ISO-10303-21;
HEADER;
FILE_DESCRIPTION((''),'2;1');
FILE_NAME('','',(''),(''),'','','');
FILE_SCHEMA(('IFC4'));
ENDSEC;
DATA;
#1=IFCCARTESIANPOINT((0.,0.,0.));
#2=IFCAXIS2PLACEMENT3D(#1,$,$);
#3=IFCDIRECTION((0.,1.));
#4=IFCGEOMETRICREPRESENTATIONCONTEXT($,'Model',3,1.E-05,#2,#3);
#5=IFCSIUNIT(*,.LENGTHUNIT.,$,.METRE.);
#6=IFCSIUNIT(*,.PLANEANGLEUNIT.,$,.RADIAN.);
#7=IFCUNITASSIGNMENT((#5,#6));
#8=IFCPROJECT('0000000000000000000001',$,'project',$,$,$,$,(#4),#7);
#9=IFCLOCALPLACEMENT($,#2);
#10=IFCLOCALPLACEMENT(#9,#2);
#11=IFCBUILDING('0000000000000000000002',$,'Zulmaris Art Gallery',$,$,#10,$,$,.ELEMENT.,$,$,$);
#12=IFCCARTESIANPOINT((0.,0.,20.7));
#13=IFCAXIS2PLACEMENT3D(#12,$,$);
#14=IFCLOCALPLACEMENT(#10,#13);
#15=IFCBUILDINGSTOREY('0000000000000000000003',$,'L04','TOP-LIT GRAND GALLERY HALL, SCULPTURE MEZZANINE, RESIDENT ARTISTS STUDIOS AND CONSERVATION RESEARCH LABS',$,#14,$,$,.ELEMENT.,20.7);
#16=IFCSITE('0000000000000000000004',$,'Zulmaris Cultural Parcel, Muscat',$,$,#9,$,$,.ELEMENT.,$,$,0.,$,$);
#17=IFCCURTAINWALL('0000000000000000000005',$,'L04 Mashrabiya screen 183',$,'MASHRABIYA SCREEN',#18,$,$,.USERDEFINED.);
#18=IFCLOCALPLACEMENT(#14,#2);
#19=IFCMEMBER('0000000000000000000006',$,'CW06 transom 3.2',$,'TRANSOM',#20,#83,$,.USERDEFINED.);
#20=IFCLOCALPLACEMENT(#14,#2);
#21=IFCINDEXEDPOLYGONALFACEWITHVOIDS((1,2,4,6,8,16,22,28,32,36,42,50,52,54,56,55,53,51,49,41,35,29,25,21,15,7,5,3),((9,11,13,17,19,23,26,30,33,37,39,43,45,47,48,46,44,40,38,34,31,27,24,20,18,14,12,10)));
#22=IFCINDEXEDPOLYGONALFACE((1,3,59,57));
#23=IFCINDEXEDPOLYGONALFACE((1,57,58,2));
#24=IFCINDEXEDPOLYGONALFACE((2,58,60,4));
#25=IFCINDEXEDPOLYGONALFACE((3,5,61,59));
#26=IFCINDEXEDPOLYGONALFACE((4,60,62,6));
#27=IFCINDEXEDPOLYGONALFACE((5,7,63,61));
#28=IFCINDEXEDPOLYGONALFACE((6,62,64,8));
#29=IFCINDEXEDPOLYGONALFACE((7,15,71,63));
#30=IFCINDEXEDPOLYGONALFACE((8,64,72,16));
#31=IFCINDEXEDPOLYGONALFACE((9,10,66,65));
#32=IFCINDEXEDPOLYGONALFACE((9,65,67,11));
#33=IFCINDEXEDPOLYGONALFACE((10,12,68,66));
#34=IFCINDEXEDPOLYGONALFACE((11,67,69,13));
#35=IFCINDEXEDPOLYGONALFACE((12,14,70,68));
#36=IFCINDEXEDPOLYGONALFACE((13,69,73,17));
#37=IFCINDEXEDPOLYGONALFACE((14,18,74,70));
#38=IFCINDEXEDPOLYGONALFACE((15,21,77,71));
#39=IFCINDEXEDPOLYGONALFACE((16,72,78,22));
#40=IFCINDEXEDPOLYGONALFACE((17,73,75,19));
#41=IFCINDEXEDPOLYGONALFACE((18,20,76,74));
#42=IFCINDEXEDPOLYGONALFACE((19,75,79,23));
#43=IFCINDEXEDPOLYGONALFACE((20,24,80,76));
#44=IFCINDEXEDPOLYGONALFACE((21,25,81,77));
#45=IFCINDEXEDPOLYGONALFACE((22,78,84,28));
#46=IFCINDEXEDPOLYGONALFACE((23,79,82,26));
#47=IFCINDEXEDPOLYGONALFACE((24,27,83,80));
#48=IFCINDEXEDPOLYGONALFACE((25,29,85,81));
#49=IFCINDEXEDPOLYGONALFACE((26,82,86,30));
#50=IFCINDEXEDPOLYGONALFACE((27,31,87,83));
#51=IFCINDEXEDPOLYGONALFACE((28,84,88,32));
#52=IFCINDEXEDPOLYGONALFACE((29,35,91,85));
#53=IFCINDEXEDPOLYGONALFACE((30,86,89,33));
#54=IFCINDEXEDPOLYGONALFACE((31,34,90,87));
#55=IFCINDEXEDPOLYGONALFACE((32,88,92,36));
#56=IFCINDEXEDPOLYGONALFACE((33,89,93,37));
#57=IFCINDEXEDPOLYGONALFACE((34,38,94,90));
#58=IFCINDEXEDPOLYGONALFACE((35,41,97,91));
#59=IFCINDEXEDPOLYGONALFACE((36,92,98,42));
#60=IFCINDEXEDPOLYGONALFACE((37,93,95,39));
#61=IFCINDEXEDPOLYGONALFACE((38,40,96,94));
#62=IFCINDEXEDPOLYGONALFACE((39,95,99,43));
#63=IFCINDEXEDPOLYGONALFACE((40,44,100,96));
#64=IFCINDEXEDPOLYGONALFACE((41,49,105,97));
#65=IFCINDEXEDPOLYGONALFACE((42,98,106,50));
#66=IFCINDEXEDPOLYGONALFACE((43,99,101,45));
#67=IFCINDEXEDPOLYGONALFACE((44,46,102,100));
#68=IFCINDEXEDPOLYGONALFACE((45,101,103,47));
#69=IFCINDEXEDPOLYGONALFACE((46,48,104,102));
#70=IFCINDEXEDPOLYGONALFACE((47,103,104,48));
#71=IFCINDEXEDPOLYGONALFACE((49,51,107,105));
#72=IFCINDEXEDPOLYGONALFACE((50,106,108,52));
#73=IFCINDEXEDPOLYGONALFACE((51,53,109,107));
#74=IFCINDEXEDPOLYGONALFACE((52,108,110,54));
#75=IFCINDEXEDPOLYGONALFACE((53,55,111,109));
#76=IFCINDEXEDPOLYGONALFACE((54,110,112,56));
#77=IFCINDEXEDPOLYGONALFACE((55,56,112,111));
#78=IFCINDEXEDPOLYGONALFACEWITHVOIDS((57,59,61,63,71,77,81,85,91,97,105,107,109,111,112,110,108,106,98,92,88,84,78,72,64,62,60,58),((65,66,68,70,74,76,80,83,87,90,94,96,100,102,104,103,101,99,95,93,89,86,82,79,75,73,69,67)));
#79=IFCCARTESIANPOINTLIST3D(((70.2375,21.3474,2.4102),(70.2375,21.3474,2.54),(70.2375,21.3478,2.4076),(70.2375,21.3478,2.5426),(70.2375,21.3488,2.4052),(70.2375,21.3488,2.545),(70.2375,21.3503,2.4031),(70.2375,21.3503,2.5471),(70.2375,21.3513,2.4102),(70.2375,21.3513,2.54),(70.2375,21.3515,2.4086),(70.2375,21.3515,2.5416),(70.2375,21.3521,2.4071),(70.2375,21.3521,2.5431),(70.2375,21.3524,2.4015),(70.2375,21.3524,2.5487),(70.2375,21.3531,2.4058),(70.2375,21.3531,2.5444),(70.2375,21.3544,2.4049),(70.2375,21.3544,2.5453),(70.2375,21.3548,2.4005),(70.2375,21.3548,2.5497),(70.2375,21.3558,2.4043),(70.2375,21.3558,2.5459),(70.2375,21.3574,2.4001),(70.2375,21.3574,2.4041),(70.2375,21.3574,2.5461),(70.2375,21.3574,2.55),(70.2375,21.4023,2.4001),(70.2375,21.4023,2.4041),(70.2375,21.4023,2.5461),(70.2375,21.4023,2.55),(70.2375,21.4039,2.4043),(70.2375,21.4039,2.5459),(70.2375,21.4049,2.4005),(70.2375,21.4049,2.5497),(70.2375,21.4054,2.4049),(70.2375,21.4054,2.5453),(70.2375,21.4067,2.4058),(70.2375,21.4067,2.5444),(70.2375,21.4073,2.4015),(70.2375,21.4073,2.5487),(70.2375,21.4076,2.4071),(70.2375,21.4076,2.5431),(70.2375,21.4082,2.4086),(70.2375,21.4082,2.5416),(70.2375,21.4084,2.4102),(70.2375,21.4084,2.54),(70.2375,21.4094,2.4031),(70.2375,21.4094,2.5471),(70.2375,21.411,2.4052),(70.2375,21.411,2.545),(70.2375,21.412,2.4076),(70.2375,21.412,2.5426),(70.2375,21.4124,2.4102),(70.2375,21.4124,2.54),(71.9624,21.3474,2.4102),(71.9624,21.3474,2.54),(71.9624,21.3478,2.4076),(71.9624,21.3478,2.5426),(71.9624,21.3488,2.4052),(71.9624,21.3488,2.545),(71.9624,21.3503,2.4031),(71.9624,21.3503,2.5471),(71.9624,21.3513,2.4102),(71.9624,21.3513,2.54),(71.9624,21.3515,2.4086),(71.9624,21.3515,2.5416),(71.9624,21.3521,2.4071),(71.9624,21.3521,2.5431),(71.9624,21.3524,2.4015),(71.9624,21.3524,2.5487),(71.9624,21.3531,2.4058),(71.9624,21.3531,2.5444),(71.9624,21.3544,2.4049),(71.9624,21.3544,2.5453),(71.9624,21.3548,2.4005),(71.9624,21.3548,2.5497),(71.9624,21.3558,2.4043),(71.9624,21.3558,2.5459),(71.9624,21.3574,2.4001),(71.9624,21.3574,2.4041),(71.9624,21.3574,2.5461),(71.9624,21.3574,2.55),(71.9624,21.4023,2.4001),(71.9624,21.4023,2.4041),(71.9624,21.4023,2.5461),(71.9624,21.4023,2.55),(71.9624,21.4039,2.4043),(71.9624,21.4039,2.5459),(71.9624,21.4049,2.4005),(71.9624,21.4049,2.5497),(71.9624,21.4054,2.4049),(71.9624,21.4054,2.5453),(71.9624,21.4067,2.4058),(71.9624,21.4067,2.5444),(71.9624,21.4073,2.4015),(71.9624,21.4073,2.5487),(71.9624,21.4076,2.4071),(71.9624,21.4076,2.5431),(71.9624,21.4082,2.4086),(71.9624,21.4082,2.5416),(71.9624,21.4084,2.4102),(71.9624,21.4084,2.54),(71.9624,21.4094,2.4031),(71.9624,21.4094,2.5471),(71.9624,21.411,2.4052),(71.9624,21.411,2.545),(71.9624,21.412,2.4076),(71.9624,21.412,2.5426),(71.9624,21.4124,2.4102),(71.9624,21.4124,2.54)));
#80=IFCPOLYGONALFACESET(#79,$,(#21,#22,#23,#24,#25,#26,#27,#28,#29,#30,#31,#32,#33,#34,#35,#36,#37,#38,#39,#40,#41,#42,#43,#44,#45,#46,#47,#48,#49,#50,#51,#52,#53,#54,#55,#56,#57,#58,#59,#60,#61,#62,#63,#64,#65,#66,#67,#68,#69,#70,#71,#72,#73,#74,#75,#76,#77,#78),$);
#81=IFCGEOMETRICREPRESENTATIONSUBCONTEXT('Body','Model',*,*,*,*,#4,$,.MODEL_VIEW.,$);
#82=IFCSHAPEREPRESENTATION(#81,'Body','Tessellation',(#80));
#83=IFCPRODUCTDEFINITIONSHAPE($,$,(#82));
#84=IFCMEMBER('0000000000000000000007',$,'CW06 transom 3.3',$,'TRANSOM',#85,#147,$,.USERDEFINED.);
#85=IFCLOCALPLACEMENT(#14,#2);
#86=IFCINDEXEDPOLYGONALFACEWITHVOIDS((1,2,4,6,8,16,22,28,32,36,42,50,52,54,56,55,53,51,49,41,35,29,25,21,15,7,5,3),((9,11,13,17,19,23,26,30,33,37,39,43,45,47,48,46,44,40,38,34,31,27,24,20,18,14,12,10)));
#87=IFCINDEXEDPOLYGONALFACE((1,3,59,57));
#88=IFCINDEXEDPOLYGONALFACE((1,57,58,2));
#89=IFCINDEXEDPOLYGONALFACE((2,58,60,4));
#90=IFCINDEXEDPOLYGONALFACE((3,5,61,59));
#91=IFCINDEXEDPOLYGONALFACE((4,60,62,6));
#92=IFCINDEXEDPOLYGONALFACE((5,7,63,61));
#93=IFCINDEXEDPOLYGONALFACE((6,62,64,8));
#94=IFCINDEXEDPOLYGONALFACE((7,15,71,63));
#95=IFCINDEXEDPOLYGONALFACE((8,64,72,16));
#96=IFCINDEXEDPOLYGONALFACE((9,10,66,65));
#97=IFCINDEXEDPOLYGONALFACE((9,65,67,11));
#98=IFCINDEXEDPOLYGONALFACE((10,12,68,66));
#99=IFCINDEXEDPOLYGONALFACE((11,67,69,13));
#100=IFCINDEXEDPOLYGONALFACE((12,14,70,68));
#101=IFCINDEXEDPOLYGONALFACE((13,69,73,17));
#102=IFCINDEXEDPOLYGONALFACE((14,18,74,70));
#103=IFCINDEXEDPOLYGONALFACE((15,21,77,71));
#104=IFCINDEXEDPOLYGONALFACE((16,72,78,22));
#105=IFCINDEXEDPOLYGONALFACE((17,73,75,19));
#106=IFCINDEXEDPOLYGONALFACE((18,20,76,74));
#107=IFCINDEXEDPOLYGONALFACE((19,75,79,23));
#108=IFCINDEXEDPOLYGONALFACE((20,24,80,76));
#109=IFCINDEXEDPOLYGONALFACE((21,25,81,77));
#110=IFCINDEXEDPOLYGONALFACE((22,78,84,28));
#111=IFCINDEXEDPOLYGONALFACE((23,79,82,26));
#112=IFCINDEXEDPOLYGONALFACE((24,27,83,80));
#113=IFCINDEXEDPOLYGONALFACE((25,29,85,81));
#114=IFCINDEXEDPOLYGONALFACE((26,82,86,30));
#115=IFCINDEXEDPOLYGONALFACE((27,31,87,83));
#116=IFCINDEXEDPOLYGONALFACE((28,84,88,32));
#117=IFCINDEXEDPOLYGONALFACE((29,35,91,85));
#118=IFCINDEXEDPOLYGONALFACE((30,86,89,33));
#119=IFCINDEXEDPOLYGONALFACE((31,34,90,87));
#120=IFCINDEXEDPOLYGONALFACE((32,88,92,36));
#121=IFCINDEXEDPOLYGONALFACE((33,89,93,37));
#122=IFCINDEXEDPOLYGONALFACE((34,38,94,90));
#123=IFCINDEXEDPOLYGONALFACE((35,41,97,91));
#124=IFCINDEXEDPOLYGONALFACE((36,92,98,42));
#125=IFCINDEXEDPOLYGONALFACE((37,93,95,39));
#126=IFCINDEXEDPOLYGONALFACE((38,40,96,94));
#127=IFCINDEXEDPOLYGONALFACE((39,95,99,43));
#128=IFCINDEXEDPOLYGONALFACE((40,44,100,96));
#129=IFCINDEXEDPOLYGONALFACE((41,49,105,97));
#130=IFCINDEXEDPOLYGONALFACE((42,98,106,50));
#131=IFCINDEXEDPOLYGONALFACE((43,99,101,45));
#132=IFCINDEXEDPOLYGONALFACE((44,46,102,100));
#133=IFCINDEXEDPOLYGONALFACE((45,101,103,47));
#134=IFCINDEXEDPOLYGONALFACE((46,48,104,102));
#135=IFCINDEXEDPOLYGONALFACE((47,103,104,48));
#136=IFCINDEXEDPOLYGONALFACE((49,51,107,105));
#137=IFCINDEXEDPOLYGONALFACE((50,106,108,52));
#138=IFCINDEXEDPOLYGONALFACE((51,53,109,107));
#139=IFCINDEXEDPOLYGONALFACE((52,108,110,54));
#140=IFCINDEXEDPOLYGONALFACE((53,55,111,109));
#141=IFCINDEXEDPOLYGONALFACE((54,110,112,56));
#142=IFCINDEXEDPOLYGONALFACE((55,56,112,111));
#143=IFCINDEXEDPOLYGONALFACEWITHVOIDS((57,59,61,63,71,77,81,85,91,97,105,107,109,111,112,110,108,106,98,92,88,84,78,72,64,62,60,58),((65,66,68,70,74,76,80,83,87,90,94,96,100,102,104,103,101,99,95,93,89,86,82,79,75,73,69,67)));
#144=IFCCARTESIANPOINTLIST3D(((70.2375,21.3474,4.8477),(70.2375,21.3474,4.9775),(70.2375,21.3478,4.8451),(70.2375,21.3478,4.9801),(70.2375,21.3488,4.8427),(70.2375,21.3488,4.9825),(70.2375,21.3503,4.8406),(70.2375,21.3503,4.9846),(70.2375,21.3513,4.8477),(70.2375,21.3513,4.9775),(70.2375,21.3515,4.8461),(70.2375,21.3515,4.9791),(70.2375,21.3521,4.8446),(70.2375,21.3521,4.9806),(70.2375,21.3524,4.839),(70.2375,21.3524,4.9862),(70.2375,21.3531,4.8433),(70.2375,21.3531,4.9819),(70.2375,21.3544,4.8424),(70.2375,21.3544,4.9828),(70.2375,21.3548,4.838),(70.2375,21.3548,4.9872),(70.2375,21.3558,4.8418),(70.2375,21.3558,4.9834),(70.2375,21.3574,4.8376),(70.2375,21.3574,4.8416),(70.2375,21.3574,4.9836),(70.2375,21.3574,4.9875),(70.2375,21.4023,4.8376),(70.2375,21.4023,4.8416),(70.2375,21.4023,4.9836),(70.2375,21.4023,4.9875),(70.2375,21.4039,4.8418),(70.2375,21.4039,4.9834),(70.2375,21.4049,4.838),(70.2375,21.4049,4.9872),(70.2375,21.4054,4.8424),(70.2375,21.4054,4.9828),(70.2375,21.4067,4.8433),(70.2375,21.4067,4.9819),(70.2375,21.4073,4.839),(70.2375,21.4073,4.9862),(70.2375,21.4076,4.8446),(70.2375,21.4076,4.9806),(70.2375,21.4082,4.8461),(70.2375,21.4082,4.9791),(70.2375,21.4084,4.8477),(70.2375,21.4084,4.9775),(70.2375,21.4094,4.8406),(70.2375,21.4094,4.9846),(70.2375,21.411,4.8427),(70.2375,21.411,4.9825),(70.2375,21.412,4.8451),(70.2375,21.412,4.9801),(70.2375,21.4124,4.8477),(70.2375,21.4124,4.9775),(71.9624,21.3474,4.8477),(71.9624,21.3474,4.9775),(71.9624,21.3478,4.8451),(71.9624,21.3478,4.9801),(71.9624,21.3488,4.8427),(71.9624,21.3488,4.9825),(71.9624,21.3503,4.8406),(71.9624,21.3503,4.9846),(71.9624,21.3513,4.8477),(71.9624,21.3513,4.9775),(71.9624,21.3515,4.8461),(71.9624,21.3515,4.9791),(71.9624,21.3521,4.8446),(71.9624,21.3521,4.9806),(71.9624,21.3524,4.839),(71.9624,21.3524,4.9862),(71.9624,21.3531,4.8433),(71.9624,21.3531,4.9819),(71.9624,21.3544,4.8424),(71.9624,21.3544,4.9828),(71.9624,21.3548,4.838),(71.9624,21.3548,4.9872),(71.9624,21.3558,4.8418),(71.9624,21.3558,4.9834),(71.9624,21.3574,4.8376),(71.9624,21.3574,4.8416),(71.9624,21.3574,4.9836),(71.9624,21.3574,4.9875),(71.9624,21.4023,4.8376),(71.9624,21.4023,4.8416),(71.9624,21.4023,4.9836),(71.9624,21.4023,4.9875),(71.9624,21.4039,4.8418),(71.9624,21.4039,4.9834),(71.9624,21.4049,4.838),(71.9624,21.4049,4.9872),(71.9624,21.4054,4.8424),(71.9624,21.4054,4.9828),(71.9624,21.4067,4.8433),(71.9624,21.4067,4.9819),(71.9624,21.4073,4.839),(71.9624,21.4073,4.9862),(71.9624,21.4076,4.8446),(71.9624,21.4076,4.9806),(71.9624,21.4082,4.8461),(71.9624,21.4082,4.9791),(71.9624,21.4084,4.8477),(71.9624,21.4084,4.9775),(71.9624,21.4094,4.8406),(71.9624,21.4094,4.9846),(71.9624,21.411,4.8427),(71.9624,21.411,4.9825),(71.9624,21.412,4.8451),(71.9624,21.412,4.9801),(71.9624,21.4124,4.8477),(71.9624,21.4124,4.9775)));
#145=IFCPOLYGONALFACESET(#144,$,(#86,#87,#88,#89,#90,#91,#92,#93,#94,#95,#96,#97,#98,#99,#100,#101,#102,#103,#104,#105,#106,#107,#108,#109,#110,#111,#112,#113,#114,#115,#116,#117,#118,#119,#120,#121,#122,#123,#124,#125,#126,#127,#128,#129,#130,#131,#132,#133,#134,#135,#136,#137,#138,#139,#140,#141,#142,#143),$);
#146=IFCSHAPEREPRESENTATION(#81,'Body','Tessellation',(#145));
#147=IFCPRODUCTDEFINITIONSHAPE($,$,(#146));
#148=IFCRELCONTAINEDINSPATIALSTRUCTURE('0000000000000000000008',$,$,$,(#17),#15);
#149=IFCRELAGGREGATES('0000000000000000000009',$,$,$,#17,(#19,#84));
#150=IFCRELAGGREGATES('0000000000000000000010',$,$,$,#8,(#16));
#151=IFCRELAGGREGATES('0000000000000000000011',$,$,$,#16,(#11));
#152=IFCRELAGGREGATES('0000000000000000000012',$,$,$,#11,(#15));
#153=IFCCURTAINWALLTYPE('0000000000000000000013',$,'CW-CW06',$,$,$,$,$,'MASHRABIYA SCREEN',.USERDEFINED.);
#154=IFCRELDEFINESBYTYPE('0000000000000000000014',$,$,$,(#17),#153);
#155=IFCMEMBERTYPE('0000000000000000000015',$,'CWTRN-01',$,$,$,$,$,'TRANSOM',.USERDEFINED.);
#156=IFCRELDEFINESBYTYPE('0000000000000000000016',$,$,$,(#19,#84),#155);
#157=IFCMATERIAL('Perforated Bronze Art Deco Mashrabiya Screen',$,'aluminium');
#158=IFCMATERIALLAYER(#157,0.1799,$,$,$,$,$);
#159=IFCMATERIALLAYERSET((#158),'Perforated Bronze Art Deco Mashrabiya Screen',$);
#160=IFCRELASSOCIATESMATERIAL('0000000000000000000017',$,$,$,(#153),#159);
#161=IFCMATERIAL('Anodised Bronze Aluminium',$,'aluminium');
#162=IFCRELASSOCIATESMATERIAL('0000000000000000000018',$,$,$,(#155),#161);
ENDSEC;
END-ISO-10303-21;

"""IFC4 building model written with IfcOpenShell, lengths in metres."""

from ifc_helpers import new_model, si_unit, direction, frame, origin, origin_2d, place, context, subcontext, project, spatial, hollow_rectangle, extrude, material, layer, layer_set, material_profile, profile_set, type_object, element, aggregate, save


model = new_model("IFC4")

# Units and contexts
model_context = context("Model", 3, precision=1e-05, world=origin(), true_north=direction((0.0, 1.0)))
body_context = subcontext(model_context, "Body", "Model", "MODEL_VIEW")
ifc_project = project(units=[si_unit("LENGTHUNIT", "METRE"), si_unit("PLANEANGLEUNIT", "RADIAN")], contexts=[model_context])

# Site, building, storey
site_placement = place(None, origin())
site = spatial("IfcSite", under=ifc_project, at=site_placement, Name="Zulmaris Cultural Parcel, Muscat", CompositionType="ELEMENT", RefElevation=0.0)
building_placement = place(site_placement, origin())
building = spatial("IfcBuilding", under=site, at=building_placement, Name="Zulmaris Art Gallery", CompositionType="ELEMENT")
storey_placement = place(building_placement, frame((0.0, 0.0, 20.7)))
storey = spatial("IfcBuildingStorey", under=building, at=storey_placement, Name="L04", Description="TOP-LIT GRAND GALLERY HALL, SCULPTURE MEZZANINE, RESIDENT ARTISTS STUDIOS AND CONSERVATION RESEARCH LABS", CompositionType="ELEMENT", Elevation=20.7)

# Curtain wall, members
ifc_material_1 = material(Name="Perforated Bronze Art Deco Mashrabiya Screen", Category="aluminium")
ifc_layer_1 = layer(ifc_material_1, 0.1799)
ifc_layer_set_1 = layer_set([ifc_layer_1], Name="Perforated Bronze Art Deco Mashrabiya Screen")
curtain_wall_type = type_object("IfcCurtainWallType", Name="CW-CW06", ElementType="MASHRABIYA SCREEN", PredefinedType="USERDEFINED", material=ifc_layer_set_1)
curtain_wall_placement = place(storey_placement, origin())
curtain_wall = element("IfcCurtainWall", 1, at=curtain_wall_placement, inside=storey, type_object=curtain_wall_type, Name="L04 Mashrabiya screen 183", ObjectType="MASHRABIYA SCREEN", PredefinedType="USERDEFINED")
ifc_material_2 = material(Name="Anodised Bronze Aluminium", Category="aluminium")
ifc_material_profile_1 = material_profile(ifc_material_2, hollow_rectangle(XDim=0.0649, YDim=0.1499, WallThickness=0.0039, InnerFilletRadius=0.0061, OuterFilletRadius=0.01, at=origin_2d()), Name="ALU 65x150x4")
ifc_profile_set_1 = profile_set([ifc_material_profile_1], Name="Anodised Bronze Aluminium")
member_type_1 = type_object("IfcMemberType", Name="CWTRN-01", ElementType="TRANSOM", PredefinedType="USERDEFINED", material=ifc_profile_set_1)
member_1_placement = place(storey_placement, frame((70.2375, 21.3799, 2.4751), z_axis=(1.0, 0.0, 0.0), x_axis=(0.0, 1.0, 0.0)))
member_1 = element("IfcMember", 2, at=member_1_placement, type_object=member_type_1, Name="CW06 transom 3.2", ObjectType="TRANSOM", PredefinedType="USERDEFINED", context=body_context, shape_type="SweptSolid", body=[
    extrude(hollow_rectangle(XDim=0.0649, YDim=0.1499, WallThickness=0.0039, InnerFilletRadius=0.0061, OuterFilletRadius=0.01, at=origin_2d()), origin(), (0.0, 0.0, 1.0), 1.7249),
])
member_2_placement = place(storey_placement, frame((70.2375, 21.3799, 4.9126), z_axis=(1.0, 0.0, 0.0), x_axis=(0.0, 1.0, 0.0)))
member_2 = element("IfcMember", 3, at=member_2_placement, type_object=member_type_1, Name="CW06 transom 3.3", ObjectType="TRANSOM", PredefinedType="USERDEFINED", context=body_context, shape_type="SweptSolid", body=[
    extrude(hollow_rectangle(XDim=0.0649, YDim=0.1499, WallThickness=0.0039, InnerFilletRadius=0.0061, OuterFilletRadius=0.01, at=origin_2d()), origin(), (0.0, 0.0, 1.0), 1.7249),
])
aggregate(curtain_wall, [member_1, member_2])

save(model, "model.ifc")
